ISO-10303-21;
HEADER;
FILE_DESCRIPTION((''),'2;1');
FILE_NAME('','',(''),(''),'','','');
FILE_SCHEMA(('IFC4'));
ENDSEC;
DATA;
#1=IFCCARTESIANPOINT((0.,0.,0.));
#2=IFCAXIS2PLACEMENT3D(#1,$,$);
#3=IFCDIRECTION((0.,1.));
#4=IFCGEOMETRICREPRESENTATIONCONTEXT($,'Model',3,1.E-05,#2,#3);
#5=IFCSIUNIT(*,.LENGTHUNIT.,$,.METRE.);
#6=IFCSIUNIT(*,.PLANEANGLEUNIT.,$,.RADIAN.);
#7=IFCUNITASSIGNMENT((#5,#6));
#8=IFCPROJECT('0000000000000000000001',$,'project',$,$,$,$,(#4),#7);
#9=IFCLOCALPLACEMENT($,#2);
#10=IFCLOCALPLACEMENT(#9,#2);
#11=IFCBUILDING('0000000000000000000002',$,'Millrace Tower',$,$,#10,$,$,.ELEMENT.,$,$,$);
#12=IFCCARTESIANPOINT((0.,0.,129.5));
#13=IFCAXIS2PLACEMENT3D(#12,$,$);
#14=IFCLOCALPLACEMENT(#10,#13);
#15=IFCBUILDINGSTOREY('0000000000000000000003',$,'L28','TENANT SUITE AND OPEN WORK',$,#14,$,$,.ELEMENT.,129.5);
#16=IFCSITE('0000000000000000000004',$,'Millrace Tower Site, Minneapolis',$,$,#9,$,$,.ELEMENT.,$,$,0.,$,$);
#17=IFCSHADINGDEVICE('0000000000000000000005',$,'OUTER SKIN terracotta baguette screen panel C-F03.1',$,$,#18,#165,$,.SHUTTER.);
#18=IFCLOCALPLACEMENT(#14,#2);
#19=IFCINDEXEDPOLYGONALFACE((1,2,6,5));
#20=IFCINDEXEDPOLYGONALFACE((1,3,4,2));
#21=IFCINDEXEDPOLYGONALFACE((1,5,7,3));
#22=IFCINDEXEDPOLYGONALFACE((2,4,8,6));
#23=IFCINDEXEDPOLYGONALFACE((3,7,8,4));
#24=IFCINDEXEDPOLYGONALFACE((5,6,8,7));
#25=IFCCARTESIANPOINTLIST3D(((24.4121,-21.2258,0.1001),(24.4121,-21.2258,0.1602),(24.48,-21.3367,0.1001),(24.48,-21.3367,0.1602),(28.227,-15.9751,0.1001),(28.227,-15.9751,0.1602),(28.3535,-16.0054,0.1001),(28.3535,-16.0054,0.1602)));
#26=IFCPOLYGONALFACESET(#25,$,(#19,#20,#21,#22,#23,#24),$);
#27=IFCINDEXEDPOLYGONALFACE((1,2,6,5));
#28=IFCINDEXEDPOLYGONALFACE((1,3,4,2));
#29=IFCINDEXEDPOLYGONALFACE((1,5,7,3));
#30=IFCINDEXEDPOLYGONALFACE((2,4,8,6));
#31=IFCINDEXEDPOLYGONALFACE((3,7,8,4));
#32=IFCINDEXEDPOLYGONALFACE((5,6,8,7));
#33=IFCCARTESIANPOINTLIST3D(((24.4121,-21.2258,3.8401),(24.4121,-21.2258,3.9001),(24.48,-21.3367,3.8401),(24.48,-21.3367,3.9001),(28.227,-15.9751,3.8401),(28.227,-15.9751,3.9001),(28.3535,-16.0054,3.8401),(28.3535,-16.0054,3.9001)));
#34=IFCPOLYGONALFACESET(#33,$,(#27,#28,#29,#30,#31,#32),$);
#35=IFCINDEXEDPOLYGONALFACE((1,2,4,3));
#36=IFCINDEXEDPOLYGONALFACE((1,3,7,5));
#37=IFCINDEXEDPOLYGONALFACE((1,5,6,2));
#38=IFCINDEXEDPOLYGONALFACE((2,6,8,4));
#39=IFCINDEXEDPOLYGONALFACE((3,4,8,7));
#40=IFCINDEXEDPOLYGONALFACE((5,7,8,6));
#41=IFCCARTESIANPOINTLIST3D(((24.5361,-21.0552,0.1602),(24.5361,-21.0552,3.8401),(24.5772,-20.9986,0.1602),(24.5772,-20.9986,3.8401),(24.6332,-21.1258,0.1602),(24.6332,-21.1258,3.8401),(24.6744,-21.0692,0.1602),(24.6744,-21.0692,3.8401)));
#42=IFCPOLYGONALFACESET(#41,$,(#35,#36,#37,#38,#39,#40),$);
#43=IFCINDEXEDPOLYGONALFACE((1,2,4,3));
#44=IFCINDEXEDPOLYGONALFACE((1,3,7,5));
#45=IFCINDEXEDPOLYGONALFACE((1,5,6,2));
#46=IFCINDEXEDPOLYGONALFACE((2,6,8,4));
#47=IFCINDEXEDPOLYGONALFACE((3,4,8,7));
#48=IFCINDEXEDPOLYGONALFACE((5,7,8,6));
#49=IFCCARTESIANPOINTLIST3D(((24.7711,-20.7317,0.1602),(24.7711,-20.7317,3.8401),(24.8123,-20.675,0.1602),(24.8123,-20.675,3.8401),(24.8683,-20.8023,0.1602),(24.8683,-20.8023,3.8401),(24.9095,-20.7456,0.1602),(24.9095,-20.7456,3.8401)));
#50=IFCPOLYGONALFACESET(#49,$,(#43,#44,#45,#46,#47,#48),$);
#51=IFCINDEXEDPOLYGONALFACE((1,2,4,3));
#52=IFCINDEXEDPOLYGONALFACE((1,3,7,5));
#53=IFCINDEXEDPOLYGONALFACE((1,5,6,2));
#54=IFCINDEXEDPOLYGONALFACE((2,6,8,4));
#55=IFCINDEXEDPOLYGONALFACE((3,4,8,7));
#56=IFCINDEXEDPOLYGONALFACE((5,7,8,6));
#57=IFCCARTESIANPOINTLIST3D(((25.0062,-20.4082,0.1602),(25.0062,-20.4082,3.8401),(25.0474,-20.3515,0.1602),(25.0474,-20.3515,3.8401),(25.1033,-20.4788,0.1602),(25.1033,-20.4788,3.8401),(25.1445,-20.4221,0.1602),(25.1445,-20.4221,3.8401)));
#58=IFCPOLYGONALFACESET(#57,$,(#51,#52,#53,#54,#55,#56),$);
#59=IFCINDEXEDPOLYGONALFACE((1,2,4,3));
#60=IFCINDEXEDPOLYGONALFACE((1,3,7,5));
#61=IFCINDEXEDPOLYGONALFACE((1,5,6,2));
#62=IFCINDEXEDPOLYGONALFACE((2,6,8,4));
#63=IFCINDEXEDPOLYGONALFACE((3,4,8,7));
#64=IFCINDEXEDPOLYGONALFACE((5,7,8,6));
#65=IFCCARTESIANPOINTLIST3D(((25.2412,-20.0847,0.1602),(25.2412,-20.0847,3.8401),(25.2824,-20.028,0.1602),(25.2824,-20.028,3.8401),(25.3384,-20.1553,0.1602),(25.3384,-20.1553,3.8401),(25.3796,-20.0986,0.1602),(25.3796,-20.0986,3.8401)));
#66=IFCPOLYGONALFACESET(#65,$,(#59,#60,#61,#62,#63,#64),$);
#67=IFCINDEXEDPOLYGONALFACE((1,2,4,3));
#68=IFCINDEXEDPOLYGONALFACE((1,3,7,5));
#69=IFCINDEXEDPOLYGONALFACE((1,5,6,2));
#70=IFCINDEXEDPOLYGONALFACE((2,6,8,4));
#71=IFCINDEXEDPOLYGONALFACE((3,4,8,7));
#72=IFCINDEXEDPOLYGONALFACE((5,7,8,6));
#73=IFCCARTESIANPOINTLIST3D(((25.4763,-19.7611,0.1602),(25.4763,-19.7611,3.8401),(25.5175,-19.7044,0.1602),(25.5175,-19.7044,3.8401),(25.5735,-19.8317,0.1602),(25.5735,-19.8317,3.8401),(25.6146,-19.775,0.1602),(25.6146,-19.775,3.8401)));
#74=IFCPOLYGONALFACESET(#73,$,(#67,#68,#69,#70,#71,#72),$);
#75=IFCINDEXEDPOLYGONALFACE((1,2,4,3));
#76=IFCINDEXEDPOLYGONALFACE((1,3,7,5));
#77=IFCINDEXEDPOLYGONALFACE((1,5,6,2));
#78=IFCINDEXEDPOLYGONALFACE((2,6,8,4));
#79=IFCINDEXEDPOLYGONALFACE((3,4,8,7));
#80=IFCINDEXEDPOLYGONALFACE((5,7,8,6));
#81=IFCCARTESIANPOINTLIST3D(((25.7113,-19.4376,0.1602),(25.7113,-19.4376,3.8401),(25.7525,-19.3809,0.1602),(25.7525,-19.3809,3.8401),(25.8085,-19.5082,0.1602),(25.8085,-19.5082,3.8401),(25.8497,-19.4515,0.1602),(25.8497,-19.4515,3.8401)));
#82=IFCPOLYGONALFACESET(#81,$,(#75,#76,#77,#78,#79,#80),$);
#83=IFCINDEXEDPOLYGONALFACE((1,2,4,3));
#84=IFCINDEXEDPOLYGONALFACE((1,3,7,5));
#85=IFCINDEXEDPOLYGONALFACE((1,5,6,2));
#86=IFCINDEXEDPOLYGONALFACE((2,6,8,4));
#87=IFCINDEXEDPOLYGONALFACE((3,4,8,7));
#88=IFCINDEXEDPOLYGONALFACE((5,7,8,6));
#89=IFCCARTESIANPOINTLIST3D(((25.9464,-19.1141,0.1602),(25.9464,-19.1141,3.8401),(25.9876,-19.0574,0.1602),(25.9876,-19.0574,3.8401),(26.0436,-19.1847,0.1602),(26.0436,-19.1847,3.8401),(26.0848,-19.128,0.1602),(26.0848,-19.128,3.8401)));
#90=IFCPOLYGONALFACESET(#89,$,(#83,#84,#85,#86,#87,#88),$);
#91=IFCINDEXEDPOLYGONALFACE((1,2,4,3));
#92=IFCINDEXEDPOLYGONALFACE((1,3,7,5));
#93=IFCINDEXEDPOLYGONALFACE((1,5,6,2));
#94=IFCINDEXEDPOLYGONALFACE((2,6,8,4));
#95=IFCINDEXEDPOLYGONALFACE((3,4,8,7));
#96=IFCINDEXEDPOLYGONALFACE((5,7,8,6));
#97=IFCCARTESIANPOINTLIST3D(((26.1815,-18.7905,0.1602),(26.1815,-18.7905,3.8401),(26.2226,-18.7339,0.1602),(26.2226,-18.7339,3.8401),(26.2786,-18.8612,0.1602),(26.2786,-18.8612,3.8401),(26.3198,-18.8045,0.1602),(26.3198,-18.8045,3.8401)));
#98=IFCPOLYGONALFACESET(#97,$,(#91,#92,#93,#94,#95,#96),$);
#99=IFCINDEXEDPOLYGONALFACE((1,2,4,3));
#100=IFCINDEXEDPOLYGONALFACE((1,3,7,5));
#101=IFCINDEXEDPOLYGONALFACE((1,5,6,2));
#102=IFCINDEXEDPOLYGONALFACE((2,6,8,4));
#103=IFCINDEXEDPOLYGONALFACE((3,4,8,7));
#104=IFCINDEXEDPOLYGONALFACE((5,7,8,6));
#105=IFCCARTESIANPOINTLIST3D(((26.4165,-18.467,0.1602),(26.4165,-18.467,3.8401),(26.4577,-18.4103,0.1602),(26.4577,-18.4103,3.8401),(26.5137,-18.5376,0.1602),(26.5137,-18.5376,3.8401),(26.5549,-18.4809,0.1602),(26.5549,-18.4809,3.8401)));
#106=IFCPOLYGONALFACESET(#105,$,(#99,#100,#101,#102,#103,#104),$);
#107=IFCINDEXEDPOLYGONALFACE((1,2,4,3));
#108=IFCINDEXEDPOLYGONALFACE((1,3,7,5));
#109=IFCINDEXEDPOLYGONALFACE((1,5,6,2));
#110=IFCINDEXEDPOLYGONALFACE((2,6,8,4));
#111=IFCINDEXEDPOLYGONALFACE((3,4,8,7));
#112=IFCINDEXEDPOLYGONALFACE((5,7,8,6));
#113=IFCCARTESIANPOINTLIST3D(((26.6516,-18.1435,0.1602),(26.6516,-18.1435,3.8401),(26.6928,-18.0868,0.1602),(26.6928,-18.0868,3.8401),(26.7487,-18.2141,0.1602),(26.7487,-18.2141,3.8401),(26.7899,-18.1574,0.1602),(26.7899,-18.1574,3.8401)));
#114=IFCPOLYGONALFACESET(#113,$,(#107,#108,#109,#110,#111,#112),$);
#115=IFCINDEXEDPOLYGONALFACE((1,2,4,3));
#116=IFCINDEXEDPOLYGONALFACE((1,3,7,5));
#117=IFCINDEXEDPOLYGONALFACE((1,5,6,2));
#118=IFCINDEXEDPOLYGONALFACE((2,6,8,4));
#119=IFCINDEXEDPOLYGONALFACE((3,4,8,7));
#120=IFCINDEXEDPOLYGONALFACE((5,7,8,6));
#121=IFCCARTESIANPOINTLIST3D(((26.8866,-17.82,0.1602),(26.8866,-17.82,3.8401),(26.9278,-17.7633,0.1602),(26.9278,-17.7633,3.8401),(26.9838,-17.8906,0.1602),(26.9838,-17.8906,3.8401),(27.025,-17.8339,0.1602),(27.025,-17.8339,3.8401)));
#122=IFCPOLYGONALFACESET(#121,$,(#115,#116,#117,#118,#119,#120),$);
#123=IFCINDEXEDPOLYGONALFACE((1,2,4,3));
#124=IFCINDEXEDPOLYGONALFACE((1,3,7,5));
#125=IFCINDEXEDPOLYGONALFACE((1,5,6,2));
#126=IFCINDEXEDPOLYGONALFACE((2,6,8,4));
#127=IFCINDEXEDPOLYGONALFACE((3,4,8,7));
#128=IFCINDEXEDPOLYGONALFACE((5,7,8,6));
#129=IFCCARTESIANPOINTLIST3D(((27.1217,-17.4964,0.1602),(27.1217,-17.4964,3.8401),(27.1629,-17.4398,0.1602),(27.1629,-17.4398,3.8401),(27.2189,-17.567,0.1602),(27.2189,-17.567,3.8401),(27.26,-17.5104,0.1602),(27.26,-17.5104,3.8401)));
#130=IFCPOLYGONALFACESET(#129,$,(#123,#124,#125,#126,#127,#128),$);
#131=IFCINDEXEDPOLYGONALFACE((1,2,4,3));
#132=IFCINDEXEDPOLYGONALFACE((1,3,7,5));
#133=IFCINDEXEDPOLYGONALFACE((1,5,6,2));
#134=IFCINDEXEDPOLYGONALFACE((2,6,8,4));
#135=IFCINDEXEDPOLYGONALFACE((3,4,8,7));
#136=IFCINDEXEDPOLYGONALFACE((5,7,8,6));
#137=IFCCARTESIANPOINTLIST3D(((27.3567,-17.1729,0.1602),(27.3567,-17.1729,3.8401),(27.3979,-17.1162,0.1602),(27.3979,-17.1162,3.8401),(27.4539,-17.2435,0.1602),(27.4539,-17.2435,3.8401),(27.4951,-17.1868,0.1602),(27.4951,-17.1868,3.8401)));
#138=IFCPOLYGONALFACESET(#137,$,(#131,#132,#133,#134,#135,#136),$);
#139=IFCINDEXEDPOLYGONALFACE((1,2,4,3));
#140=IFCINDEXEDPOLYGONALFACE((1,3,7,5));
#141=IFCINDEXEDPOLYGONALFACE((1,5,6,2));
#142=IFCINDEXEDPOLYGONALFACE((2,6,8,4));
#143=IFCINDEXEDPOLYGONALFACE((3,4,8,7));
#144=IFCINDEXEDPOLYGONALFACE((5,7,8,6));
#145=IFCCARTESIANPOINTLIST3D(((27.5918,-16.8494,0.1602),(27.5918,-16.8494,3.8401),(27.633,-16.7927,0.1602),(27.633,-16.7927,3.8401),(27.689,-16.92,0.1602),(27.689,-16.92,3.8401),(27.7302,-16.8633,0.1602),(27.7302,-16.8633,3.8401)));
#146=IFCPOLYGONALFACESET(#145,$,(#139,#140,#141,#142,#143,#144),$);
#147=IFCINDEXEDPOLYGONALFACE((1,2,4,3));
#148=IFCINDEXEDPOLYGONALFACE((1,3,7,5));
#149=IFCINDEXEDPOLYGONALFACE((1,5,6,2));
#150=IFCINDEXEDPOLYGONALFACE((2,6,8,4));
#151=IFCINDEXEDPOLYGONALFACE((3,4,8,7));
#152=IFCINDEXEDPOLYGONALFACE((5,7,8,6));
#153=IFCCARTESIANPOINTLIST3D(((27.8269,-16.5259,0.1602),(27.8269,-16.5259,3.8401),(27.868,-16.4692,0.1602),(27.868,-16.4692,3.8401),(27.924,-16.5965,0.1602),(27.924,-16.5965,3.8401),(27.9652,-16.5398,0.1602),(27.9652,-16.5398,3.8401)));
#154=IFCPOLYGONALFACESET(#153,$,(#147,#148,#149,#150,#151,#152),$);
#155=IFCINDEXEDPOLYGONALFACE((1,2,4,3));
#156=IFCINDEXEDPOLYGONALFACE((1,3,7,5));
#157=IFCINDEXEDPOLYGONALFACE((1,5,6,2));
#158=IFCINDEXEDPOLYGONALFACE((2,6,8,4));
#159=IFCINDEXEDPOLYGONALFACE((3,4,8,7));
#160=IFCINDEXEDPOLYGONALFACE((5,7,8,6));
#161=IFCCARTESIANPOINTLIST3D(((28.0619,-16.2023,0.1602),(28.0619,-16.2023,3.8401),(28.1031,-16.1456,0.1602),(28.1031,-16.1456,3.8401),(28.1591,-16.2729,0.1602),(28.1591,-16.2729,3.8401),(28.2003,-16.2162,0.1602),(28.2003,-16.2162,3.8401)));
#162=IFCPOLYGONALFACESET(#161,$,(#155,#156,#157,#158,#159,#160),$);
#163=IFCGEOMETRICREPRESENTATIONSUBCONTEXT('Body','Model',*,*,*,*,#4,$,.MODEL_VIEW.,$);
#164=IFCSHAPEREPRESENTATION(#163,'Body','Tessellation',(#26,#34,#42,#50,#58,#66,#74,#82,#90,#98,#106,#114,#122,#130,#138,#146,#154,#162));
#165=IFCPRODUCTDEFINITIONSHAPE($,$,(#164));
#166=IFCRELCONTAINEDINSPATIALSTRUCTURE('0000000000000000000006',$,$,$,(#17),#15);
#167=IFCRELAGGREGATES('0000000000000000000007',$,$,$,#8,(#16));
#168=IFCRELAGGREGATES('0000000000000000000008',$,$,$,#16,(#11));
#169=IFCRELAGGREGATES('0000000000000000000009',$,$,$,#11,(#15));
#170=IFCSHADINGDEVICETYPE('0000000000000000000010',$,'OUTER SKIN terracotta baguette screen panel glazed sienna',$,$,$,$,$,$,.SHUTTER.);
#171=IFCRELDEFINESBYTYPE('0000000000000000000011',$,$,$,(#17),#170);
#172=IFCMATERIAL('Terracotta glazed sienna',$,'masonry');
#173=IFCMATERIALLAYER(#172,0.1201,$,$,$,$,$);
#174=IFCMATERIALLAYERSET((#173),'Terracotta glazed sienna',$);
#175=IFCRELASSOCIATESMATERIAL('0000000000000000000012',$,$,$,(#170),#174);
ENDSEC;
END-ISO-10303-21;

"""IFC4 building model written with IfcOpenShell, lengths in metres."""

from ifc_helpers import new_model, entity, si_unit, direction, frame, frame_2d, origin, place, context, subcontext, project, spatial, rectangle, extrude, source, transform, mapped, material, layer, layer_set, type_object, element, save


model = new_model("IFC4")

# Units and contexts
model_context = context("Model", 3, precision=1e-05, world=origin(), true_north=direction((0.0, 1.0)))
body_context = subcontext(model_context, "Body", "Model", "MODEL_VIEW")
ifc_project = project(units=[si_unit("LENGTHUNIT", "METRE"), si_unit("PLANEANGLEUNIT", "RADIAN")], contexts=[model_context])

# Site, building, storey
site_placement = place(None, origin())
site = spatial("IfcSite", under=ifc_project, at=site_placement, Name="Millrace Tower Site, Minneapolis", CompositionType="ELEMENT", RefElevation=0.0)
building_placement = place(site_placement, origin())
building = spatial("IfcBuilding", under=site, at=building_placement, Name="Millrace Tower", CompositionType="ELEMENT")
storey_placement = place(building_placement, frame((0.0, 0.0, 129.5)))
storey = spatial("IfcBuildingStorey", under=building, at=storey_placement, Name="L28", Description="TENANT SUITE AND OPEN WORK", CompositionType="ELEMENT", Elevation=129.5)

# Shading device
ifc_material_1 = material(Name="Terracotta glazed sienna", Category="masonry")
ifc_layer_1 = layer(ifc_material_1, 0.1201)
ifc_layer_set_1 = layer_set([ifc_layer_1], Name="Terracotta glazed sienna")
shading_device_type = type_object("IfcShadingDeviceType", Name="OUTER SKIN terracotta baguette screen panel glazed sienna", PredefinedType="SHUTTER", material=ifc_layer_set_1)
cartesian_point_1 = entity("IfcCartesianPoint", [-3.2451, 0.0601])
shared_polyline_1 = entity("IfcPolyline", [cartesian_point_1, entity("IfcCartesianPoint", [3.2451, 0.0601]), entity("IfcCartesianPoint", [3.2949, -0.0601]), entity("IfcCartesianPoint", [-3.2949, -0.0601]), cartesian_point_1])
shared_shape_1 = source(origin(), body_context, "Body", "SweptSolid", [
    entity("IfcExtrudedAreaSolid", entity("IfcArbitraryClosedProfileDef", "AREA", None, shared_polyline_1), entity("IfcAxis2Placement3D", entity("IfcCartesianPoint", [0.0, 0.0, 0.0])), entity("IfcDirection", [0.0, 0.0, 1.0]), 0.0601),
    entity("IfcExtrudedAreaSolid", entity("IfcArbitraryClosedProfileDef", "AREA", None, shared_polyline_1), entity("IfcAxis2Placement3D", entity("IfcCartesianPoint", [0.0, 0.0, 3.74])), entity("IfcDirection", [0.0, 0.0, 1.0]), 0.0601),
    extrude(rectangle(XDim=0.0701, YDim=0.1201, at=frame_2d((-2.9993, 0.0))), frame((0.0, 0.0, 0.0601)), (0.0, 0.0, 1.0), 3.6799),
    extrude(rectangle(XDim=0.0701, YDim=0.1201, at=frame_2d((-2.5994, 0.0))), frame((0.0, 0.0, 0.0601)), (0.0, 0.0, 1.0), 3.6799),
    extrude(rectangle(XDim=0.0701, YDim=0.1201, at=frame_2d((-2.1995, 0.0))), frame((0.0, 0.0, 0.0601)), (0.0, 0.0, 1.0), 3.6799),
    extrude(rectangle(XDim=0.0701, YDim=0.1201, at=frame_2d((-1.7996, 0.0))), frame((0.0, 0.0, 0.0601)), (0.0, 0.0, 1.0), 3.6799),
    extrude(rectangle(XDim=0.0701, YDim=0.1201, at=frame_2d((-1.3997, 0.0))), frame((0.0, 0.0, 0.0601)), (0.0, 0.0, 1.0), 3.6799),
    extrude(rectangle(XDim=0.0701, YDim=0.1201, at=frame_2d((-0.9998, 0.0))), frame((0.0, 0.0, 0.0601)), (0.0, 0.0, 1.0), 3.6799),
    extrude(rectangle(XDim=0.0701, YDim=0.1201, at=frame_2d((-0.5999, 0.0))), frame((0.0, 0.0, 0.0601)), (0.0, 0.0, 1.0), 3.6799),
    extrude(rectangle(XDim=0.0701, YDim=0.1201, at=frame_2d((-0.2, 0.0))), frame((0.0, 0.0, 0.0601)), (0.0, 0.0, 1.0), 3.6799),
    extrude(rectangle(XDim=0.0701, YDim=0.1201, at=frame_2d((0.2, 0.0))), frame((0.0, 0.0, 0.0601)), (0.0, 0.0, 1.0), 3.6799),
    extrude(rectangle(XDim=0.0701, YDim=0.1201, at=frame_2d((0.5999, 0.0))), frame((0.0, 0.0, 0.0601)), (0.0, 0.0, 1.0), 3.6799),
    extrude(rectangle(XDim=0.0701, YDim=0.1201, at=frame_2d((0.9998, 0.0))), frame((0.0, 0.0, 0.0601)), (0.0, 0.0, 1.0), 3.6799),
    extrude(rectangle(XDim=0.0701, YDim=0.1201, at=frame_2d((1.3997, 0.0))), frame((0.0, 0.0, 0.0601)), (0.0, 0.0, 1.0), 3.6799),
    extrude(rectangle(XDim=0.0701, YDim=0.1201, at=frame_2d((1.7996, 0.0))), frame((0.0, 0.0, 0.0601)), (0.0, 0.0, 1.0), 3.6799),
    extrude(rectangle(XDim=0.0701, YDim=0.1201, at=frame_2d((2.1995, 0.0))), frame((0.0, 0.0, 0.0601)), (0.0, 0.0, 1.0), 3.6799),
    extrude(rectangle(XDim=0.0701, YDim=0.1201, at=frame_2d((2.5994, 0.0))), frame((0.0, 0.0, 0.0601)), (0.0, 0.0, 1.0), 3.6799),
    extrude(rectangle(XDim=0.0701, YDim=0.1201, at=frame_2d((2.9993, 0.0))), frame((0.0, 0.0, 0.0601)), (0.0, 0.0, 1.0), 3.6799),
])
shading_device_1_placement = place(storey_placement, frame((26.3682, -18.6357, 0.1001), z_axis=(0.0, 0.0, 1.0), x_axis=(0.587785, 0.809017, 0.0)))
element("IfcShadingDevice", 1, at=shading_device_1_placement, inside=storey, type_object=shading_device_type, Name="OUTER SKIN terracotta baguette screen panel C-F03.1", PredefinedType="SHUTTER", context=body_context, shape_type="MappedRepresentation", body=[
    mapped(shared_shape_1, transform((0.0, 0.0, 0.0), scale=1.0)),
])

save(model, "model.ifc")
